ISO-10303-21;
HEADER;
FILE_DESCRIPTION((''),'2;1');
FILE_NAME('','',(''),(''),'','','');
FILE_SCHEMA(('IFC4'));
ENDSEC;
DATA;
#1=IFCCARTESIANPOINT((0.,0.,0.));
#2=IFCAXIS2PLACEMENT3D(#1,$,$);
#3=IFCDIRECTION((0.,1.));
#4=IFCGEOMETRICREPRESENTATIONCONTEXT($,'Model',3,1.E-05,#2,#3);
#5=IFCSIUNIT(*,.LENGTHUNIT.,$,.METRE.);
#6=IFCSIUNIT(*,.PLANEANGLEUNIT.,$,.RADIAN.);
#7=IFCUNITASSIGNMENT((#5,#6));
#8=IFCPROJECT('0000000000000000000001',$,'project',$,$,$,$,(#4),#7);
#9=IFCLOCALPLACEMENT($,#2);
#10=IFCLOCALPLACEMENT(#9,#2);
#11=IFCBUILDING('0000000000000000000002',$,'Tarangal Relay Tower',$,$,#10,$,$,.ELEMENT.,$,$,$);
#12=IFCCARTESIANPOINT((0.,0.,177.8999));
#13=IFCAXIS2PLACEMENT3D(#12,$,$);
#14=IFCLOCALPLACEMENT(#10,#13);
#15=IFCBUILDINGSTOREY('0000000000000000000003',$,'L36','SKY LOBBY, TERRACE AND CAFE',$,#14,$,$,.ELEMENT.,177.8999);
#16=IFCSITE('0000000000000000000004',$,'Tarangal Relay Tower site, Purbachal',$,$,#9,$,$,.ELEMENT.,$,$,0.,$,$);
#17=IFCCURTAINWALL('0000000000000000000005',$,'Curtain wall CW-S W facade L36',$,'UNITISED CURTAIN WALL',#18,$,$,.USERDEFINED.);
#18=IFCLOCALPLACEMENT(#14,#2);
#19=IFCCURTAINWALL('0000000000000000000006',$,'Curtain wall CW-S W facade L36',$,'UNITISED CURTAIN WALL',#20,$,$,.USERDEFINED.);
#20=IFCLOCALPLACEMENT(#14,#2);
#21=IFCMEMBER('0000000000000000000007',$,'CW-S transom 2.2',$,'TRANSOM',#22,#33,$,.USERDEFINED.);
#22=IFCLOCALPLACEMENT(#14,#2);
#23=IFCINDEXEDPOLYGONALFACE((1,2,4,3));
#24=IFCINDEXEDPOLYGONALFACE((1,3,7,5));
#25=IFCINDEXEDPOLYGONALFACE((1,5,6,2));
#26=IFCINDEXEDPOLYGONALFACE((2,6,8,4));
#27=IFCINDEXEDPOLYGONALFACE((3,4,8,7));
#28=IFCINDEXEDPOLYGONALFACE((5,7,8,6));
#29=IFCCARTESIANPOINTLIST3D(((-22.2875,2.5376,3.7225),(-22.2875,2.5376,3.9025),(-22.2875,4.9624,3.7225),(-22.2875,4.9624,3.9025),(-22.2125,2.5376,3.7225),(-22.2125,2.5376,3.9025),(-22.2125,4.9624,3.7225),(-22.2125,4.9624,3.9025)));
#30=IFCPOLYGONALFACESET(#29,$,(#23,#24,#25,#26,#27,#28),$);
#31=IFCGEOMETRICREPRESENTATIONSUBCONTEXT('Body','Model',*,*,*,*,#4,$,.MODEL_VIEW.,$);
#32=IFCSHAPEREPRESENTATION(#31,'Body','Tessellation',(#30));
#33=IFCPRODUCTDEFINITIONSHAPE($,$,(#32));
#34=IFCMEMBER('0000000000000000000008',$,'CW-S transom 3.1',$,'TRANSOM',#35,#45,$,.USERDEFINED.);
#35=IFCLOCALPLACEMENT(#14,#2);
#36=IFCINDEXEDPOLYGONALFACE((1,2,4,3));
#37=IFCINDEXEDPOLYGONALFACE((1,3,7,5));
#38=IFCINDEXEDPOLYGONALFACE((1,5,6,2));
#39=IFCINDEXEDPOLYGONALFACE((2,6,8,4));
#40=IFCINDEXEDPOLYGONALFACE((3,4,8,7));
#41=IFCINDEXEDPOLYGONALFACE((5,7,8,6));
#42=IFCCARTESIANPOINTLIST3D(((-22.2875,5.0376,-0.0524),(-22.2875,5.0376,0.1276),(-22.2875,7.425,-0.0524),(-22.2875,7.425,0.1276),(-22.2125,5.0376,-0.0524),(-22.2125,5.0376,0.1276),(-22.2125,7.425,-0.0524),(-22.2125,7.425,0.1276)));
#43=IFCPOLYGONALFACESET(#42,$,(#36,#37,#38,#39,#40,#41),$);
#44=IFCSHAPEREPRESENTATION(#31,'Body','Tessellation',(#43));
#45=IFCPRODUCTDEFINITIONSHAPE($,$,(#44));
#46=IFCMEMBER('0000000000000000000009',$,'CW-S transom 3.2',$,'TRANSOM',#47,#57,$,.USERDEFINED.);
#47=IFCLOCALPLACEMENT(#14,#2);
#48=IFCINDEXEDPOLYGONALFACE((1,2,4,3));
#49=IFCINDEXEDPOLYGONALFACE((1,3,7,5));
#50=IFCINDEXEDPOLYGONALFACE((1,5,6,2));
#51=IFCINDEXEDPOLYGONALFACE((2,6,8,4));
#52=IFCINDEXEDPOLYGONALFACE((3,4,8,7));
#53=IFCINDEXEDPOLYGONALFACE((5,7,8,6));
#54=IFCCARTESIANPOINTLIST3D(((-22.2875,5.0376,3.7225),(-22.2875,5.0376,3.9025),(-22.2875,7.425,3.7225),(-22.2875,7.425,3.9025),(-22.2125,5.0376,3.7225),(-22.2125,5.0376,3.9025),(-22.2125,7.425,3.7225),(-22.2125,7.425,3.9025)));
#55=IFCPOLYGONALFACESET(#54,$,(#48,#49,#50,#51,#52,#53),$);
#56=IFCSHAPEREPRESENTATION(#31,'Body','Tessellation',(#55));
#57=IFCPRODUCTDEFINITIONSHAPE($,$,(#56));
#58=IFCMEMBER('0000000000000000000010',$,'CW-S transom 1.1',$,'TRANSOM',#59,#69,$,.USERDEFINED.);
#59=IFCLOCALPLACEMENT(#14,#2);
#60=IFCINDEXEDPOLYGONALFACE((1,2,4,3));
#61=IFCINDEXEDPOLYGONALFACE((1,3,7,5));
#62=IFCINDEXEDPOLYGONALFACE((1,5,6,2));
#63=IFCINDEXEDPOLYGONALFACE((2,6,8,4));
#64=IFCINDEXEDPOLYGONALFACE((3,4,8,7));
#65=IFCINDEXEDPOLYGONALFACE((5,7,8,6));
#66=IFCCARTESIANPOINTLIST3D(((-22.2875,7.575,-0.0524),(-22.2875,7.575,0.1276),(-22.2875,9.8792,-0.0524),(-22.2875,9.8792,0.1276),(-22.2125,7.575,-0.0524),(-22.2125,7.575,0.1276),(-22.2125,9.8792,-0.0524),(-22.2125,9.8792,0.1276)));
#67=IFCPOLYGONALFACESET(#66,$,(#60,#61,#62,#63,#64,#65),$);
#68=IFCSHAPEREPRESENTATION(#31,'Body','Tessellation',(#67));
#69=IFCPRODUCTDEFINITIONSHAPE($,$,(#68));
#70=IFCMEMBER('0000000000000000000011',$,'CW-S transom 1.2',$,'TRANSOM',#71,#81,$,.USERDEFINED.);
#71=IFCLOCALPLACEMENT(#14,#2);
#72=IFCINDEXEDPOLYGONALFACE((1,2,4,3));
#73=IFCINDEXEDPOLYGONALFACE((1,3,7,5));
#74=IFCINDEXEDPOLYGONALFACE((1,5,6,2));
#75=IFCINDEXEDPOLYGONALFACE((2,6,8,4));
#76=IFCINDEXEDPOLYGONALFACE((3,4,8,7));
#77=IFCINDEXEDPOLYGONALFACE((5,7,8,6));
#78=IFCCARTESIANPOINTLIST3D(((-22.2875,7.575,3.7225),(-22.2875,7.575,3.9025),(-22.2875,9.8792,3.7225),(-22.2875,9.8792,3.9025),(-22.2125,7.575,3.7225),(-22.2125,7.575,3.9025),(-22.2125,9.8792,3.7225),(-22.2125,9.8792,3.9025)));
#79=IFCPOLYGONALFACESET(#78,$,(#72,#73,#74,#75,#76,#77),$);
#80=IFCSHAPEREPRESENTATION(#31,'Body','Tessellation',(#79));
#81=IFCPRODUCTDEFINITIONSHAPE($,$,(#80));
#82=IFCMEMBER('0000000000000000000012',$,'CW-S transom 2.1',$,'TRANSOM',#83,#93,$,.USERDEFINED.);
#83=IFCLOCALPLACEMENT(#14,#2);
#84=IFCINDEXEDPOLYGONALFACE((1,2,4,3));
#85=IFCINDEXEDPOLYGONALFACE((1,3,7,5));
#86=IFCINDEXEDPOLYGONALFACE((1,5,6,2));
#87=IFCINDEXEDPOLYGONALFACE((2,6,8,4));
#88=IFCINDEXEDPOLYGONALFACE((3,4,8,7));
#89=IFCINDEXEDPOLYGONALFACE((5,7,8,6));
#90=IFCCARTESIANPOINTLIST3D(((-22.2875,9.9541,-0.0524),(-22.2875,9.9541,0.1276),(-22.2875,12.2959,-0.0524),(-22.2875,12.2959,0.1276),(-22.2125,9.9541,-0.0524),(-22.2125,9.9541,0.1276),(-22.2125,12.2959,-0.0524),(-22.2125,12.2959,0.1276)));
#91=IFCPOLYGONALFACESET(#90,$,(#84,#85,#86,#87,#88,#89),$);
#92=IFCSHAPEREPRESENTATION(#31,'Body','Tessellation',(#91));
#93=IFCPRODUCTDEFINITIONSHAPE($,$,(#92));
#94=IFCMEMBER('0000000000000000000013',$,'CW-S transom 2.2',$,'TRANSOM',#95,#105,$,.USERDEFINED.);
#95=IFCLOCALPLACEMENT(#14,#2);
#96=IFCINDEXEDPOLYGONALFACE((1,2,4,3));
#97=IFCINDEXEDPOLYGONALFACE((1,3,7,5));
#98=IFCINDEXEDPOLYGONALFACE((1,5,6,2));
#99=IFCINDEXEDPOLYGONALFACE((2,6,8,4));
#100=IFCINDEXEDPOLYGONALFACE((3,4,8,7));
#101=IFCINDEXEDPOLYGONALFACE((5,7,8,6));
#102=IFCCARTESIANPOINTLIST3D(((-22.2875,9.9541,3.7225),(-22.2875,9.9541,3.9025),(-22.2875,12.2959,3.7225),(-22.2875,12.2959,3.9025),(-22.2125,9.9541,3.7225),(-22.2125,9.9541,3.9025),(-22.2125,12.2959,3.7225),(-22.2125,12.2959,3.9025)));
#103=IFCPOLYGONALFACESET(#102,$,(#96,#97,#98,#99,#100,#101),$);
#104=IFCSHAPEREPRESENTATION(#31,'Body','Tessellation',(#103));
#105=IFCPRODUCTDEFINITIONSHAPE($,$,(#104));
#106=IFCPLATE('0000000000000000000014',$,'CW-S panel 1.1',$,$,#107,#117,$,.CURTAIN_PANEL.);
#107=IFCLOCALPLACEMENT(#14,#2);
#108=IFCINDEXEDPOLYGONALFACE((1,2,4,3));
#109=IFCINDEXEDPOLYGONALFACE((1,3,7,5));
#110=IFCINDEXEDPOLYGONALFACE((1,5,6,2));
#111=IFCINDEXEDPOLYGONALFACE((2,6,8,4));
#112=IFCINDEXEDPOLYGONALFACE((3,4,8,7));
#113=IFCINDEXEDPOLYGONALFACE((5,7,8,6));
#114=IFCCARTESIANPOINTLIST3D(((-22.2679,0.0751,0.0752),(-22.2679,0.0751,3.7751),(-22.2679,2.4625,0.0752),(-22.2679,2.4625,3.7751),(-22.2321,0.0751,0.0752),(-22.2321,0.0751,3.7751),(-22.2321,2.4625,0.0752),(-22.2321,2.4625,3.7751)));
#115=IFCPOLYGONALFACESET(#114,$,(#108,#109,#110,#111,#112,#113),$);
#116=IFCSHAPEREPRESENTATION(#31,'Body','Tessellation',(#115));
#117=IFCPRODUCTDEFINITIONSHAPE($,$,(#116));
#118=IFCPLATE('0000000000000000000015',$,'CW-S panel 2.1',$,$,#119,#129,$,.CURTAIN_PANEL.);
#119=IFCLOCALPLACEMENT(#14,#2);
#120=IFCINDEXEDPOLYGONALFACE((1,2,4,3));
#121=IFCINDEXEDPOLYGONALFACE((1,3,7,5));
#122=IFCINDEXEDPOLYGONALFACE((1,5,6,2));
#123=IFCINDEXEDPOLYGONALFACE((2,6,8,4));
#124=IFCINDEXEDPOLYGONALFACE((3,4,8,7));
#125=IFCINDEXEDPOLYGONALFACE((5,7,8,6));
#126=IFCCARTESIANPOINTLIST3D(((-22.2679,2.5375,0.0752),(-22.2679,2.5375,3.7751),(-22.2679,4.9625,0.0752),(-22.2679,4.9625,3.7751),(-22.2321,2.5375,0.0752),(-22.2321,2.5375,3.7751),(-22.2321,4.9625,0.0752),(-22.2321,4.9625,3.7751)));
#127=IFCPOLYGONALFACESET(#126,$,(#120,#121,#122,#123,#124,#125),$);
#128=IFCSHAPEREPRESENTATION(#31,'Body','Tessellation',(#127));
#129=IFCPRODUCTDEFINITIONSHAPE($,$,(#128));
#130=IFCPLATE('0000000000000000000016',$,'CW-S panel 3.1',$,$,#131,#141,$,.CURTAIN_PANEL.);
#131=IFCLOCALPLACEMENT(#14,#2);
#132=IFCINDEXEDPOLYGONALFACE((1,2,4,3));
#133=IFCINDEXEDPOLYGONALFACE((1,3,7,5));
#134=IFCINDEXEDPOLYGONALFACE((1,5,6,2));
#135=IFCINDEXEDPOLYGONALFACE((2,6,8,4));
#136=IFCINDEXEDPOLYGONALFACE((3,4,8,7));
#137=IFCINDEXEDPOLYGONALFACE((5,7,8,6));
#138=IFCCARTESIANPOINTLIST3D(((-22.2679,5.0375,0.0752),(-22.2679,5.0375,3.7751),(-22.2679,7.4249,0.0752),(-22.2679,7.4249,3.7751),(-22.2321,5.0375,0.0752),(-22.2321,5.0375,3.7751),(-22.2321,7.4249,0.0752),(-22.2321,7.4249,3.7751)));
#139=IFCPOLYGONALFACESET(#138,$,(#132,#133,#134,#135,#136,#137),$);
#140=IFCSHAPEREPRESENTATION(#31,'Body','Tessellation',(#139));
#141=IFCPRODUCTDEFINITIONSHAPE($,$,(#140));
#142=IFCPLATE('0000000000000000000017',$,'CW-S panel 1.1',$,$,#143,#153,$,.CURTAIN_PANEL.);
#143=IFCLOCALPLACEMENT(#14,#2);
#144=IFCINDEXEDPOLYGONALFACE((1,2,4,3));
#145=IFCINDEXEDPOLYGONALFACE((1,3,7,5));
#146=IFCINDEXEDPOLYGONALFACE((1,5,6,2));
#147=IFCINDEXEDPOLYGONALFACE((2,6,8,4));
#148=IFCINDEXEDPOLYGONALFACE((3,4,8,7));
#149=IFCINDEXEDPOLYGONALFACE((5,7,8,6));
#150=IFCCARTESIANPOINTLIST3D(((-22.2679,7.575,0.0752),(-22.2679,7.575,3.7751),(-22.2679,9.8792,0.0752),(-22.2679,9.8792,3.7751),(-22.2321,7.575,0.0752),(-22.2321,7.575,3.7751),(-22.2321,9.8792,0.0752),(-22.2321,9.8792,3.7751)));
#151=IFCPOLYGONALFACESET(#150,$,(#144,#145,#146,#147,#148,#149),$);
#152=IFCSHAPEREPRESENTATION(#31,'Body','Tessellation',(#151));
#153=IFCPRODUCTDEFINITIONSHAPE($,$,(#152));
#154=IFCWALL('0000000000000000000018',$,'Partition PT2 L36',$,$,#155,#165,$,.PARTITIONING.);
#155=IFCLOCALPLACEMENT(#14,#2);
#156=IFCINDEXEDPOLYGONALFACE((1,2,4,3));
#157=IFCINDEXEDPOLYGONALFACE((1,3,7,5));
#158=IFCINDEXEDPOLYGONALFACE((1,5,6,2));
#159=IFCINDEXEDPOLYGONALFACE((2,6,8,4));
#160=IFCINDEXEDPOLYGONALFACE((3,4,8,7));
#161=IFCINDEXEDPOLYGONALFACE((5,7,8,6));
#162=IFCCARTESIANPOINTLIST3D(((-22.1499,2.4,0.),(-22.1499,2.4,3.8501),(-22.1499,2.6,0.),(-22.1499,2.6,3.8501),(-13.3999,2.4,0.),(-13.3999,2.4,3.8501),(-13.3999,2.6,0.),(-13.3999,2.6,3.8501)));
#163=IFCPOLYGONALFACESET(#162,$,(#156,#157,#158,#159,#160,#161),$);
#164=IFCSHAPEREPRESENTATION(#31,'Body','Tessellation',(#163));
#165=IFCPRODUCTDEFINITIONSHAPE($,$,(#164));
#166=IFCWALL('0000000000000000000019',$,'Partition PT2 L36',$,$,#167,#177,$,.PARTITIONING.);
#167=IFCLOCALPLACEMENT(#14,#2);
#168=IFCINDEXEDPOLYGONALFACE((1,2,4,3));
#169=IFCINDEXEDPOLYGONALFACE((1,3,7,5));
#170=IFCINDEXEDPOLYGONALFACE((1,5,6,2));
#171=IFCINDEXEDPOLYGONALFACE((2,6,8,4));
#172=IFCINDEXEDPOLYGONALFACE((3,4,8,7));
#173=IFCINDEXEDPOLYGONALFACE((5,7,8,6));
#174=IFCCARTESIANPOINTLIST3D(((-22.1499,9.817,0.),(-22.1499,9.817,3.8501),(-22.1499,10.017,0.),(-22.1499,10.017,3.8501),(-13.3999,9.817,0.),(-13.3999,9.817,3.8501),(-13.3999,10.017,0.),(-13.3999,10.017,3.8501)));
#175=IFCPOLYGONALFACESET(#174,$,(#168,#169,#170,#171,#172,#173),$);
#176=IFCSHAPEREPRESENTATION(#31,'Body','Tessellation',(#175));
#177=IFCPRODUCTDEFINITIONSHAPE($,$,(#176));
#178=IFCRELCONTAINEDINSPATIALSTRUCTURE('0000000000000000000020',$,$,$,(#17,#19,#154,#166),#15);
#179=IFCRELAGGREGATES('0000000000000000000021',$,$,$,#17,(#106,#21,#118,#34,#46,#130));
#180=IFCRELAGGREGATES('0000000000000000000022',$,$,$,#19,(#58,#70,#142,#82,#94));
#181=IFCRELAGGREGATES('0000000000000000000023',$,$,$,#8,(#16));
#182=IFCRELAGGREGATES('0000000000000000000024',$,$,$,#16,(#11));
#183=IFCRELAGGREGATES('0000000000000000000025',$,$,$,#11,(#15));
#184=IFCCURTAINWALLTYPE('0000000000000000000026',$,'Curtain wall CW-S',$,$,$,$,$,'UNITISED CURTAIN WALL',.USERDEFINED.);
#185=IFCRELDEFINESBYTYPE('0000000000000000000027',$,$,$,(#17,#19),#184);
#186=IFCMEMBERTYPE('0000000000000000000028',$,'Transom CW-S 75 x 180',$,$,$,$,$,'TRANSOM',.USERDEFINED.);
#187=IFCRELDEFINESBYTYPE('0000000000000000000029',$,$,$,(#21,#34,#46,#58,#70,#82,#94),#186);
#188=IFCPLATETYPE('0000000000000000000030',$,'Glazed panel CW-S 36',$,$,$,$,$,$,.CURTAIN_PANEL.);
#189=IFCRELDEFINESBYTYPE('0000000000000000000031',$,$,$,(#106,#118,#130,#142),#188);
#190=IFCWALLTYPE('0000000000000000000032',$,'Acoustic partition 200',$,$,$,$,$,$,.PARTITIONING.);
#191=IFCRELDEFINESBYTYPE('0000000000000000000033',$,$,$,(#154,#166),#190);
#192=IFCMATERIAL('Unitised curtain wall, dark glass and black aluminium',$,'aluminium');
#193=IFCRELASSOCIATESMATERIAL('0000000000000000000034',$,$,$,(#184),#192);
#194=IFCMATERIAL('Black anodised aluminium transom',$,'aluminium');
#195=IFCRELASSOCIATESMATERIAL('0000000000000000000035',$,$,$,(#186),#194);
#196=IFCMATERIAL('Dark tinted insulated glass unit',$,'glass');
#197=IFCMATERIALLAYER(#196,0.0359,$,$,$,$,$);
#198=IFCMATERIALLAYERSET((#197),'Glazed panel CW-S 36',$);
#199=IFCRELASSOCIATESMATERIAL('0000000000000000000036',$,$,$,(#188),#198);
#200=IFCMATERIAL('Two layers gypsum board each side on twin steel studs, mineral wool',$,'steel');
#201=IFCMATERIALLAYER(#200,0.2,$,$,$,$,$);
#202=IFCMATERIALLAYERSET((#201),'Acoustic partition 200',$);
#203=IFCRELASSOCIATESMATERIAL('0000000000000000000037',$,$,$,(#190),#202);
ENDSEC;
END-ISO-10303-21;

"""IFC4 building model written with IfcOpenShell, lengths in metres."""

from ifc_helpers import new_model, si_unit, direction, frame, frame_2d, origin, origin_2d, place, context, subcontext, project, spatial, rectangle, extrude, material, layer, layer_set, material_profile, profile_set, type_object, element, aggregate, save


model = new_model("IFC4")

# Units and contexts
model_context = context("Model", 3, precision=1e-05, world=origin(), true_north=direction((0.0, 1.0)))
body_context = subcontext(model_context, "Body", "Model", "MODEL_VIEW")
ifc_project = project(units=[si_unit("LENGTHUNIT", "METRE"), si_unit("PLANEANGLEUNIT", "RADIAN")], contexts=[model_context])

# Site, building, storey
site_placement = place(None, origin())
site = spatial("IfcSite", under=ifc_project, at=site_placement, Name="Tarangal Relay Tower site, Purbachal", CompositionType="ELEMENT", RefElevation=0.0)
building_placement = place(site_placement, origin())
building = spatial("IfcBuilding", under=site, at=building_placement, Name="Tarangal Relay Tower", CompositionType="ELEMENT")
storey_placement = place(building_placement, frame((0.0, 0.0, 177.8999)))
storey = spatial("IfcBuildingStorey", under=building, at=storey_placement, Name="L36", Description="SKY LOBBY, TERRACE AND CAFE", CompositionType="ELEMENT", Elevation=177.8999)

# Curtain walls
ifc_material_1 = material(Name="Unitised curtain wall, dark glass and black aluminium", Category="aluminium")
curtain_wall_type = type_object("IfcCurtainWallType", Name="Curtain wall CW-S", ElementType="UNITISED CURTAIN WALL", PredefinedType="USERDEFINED", material=ifc_material_1)
curtain_wall_1_placement = place(storey_placement, origin())
curtain_wall_1 = element("IfcCurtainWall", 1, at=curtain_wall_1_placement, inside=storey, type_object=curtain_wall_type, Name="Curtain wall CW-S W facade L36", ObjectType="UNITISED CURTAIN WALL", PredefinedType="USERDEFINED")
curtain_wall_2_placement = place(storey_placement, origin())
curtain_wall_2 = element("IfcCurtainWall", 2, at=curtain_wall_2_placement, inside=storey, type_object=curtain_wall_type, Name="Curtain wall CW-S W facade L36", ObjectType="UNITISED CURTAIN WALL", PredefinedType="USERDEFINED")

# Members
ifc_material_2 = material(Name="Black anodised aluminium transom", Category="aluminium")
ifc_material_profile_1 = material_profile(ifc_material_2, rectangle(XDim=0.075, YDim=0.1799, at=origin_2d()), Name="CW-ST 75X180")
ifc_profile_set_1 = profile_set([ifc_material_profile_1], Name="Black anodised aluminium transom")
member_type_1 = type_object("IfcMemberType", Name="Transom CW-S 75 x 180", ElementType="TRANSOM", PredefinedType="USERDEFINED", material=ifc_profile_set_1)
member_1_placement = place(storey_placement, frame((-22.25, 2.5376, 3.8125), z_axis=(0.0, 1.0, 0.0), x_axis=(-1.0, 0.0, 0.0)))
member_1 = element("IfcMember", 3, at=member_1_placement, type_object=member_type_1, Name="CW-S transom 2.2", ObjectType="TRANSOM", PredefinedType="USERDEFINED", context=body_context, shape_type="SweptSolid", body=[
    extrude(rectangle(XDim=0.075, YDim=0.1799, at=origin_2d()), origin(), (0.0, 0.0, 1.0), 2.4248),
])
member_2_placement = place(storey_placement, frame((-22.25, 5.0376, 0.0376), z_axis=(0.0, 1.0, 0.0), x_axis=(-1.0, 0.0, 0.0)))
member_2 = element("IfcMember", 4, at=member_2_placement, type_object=member_type_1, Name="CW-S transom 3.1", ObjectType="TRANSOM", PredefinedType="USERDEFINED", context=body_context, shape_type="SweptSolid", body=[
    extrude(rectangle(XDim=0.075, YDim=0.1799, at=origin_2d()), origin(), (0.0, 0.0, 1.0), 2.3875),
])
member_3_placement = place(storey_placement, frame((-22.25, 5.0376, 3.8125), z_axis=(0.0, 1.0, 0.0), x_axis=(-1.0, 0.0, 0.0)))
member_3 = element("IfcMember", 5, at=member_3_placement, type_object=member_type_1, Name="CW-S transom 3.2", ObjectType="TRANSOM", PredefinedType="USERDEFINED", context=body_context, shape_type="SweptSolid", body=[
    extrude(rectangle(XDim=0.075, YDim=0.1799, at=origin_2d()), origin(), (0.0, 0.0, 1.0), 2.3875),
])
member_4_placement = place(storey_placement, frame((-22.25, 7.575, 0.0376), z_axis=(0.0, 1.0, 0.0), x_axis=(-1.0, 0.0, 0.0)))
member_4 = element("IfcMember", 6, at=member_4_placement, type_object=member_type_1, Name="CW-S transom 1.1", ObjectType="TRANSOM", PredefinedType="USERDEFINED", context=body_context, shape_type="SweptSolid", body=[
    extrude(rectangle(XDim=0.075, YDim=0.1799, at=origin_2d()), origin(), (0.0, 0.0, 1.0), 2.3042),
])
member_5_placement = place(storey_placement, frame((-22.25, 7.575, 3.8125), z_axis=(0.0, 1.0, 0.0), x_axis=(-1.0, 0.0, 0.0)))
member_5 = element("IfcMember", 7, at=member_5_placement, type_object=member_type_1, Name="CW-S transom 1.2", ObjectType="TRANSOM", PredefinedType="USERDEFINED", context=body_context, shape_type="SweptSolid", body=[
    extrude(rectangle(XDim=0.075, YDim=0.1799, at=origin_2d()), origin(), (0.0, 0.0, 1.0), 2.3042),
])
member_6_placement = place(storey_placement, frame((-22.25, 9.9541, 0.0376), z_axis=(0.0, 1.0, 0.0), x_axis=(-1.0, 0.0, 0.0)))
member_6 = element("IfcMember", 8, at=member_6_placement, type_object=member_type_1, Name="CW-S transom 2.1", ObjectType="TRANSOM", PredefinedType="USERDEFINED", context=body_context, shape_type="SweptSolid", body=[
    extrude(rectangle(XDim=0.075, YDim=0.1799, at=origin_2d()), origin(), (0.0, 0.0, 1.0), 2.3418),
])
member_7_placement = place(storey_placement, frame((-22.25, 9.9541, 3.8125), z_axis=(0.0, 1.0, 0.0), x_axis=(-1.0, 0.0, 0.0)))
member_7 = element("IfcMember", 9, at=member_7_placement, type_object=member_type_1, Name="CW-S transom 2.2", ObjectType="TRANSOM", PredefinedType="USERDEFINED", context=body_context, shape_type="SweptSolid", body=[
    extrude(rectangle(XDim=0.075, YDim=0.1799, at=origin_2d()), origin(), (0.0, 0.0, 1.0), 2.3418),
])

# Plates
ifc_material_3 = material(Name="Dark tinted insulated glass unit", Category="glass")
ifc_layer_1 = layer(ifc_material_3, 0.0359)
ifc_layer_set_1 = layer_set([ifc_layer_1], Name="Glazed panel CW-S 36")
plate_type = type_object("IfcPlateType", Name="Glazed panel CW-S 36", PredefinedType="CURTAIN_PANEL", material=ifc_layer_set_1)
plate_1_placement = place(storey_placement, frame((-22.25, 1.2688, 0.0752), z_axis=(0.0, 0.0, 1.0), x_axis=(0.0, 1.0, 0.0)))
plate_1 = element("IfcPlate", 10, at=plate_1_placement, type_object=plate_type, Name="CW-S panel 1.1", PredefinedType="CURTAIN_PANEL", context=body_context, shape_type="SweptSolid", body=[
    extrude(rectangle(XDim=2.3875, YDim=0.0359, at=origin_2d()), origin(), (0.0, 0.0, 1.0), 3.7),
])
plate_2_placement = place(storey_placement, frame((-22.25, 3.75, 0.0752), z_axis=(0.0, 0.0, 1.0), x_axis=(0.0, 1.0, 0.0)))
plate_2 = element("IfcPlate", 11, at=plate_2_placement, type_object=plate_type, Name="CW-S panel 2.1", PredefinedType="CURTAIN_PANEL", context=body_context, shape_type="SweptSolid", body=[
    extrude(rectangle(XDim=2.425, YDim=0.0359, at=origin_2d()), origin(), (0.0, 0.0, 1.0), 3.7),
])
plate_3_placement = place(storey_placement, frame((-22.25, 6.2312, 0.0752), z_axis=(0.0, 0.0, 1.0), x_axis=(0.0, 1.0, 0.0)))
plate_3 = element("IfcPlate", 12, at=plate_3_placement, type_object=plate_type, Name="CW-S panel 3.1", PredefinedType="CURTAIN_PANEL", context=body_context, shape_type="SweptSolid", body=[
    extrude(rectangle(XDim=2.3875, YDim=0.0359, at=origin_2d()), origin(), (0.0, 0.0, 1.0), 3.7),
])
aggregate(curtain_wall_1, [plate_1, member_1, plate_2, member_2, member_3, plate_3])
plate_4_placement = place(storey_placement, frame((-22.25, 8.7271, 0.0752), z_axis=(0.0, 0.0, 1.0), x_axis=(0.0, 1.0, 0.0)))
plate_4 = element("IfcPlate", 13, at=plate_4_placement, type_object=plate_type, Name="CW-S panel 1.1", PredefinedType="CURTAIN_PANEL", context=body_context, shape_type="SweptSolid", body=[
    extrude(rectangle(XDim=2.3042, YDim=0.0359, at=origin_2d()), origin(), (0.0, 0.0, 1.0), 3.7),
])
aggregate(curtain_wall_2, [member_4, member_5, plate_4, member_6, member_7])

# Walls
ifc_material_4 = material(Name="Two layers gypsum board each side on twin steel studs, mineral wool", Category="steel")
ifc_layer_2 = layer(ifc_material_4, 0.2)
ifc_layer_set_2 = layer_set([ifc_layer_2], Name="Acoustic partition 200")
wall_type_1 = type_object("IfcWallType", Name="Acoustic partition 200", PredefinedType="PARTITIONING", material=ifc_layer_set_2)
for number, where, z_axis, x_axis, name in (
    (14, (-22.1499, 2.5, 0.0), (0.0, 0.0, 1.0), (1.0, 0.0, 0.0), "Partition PT2 L36"),
    (15, (-22.1499, 9.917, 0.0), (0.0, 0.0, 1.0), (1.0, 0.0, 0.0), "Partition PT2 L36"),
):
    element("IfcWall", number, at=place(storey_placement, frame(where, z_axis=z_axis, x_axis=x_axis)), inside=storey, type_object=wall_type_1, Name=name, PredefinedType="PARTITIONING", context=body_context, shape_type="SweptSolid", body=[
        extrude(rectangle(XDim=8.75, YDim=0.2, at=frame_2d((4.375, 0.0))), origin(), (0.0, 0.0, 1.0), 3.8501),
    ])

save(model, "model.ifc")
